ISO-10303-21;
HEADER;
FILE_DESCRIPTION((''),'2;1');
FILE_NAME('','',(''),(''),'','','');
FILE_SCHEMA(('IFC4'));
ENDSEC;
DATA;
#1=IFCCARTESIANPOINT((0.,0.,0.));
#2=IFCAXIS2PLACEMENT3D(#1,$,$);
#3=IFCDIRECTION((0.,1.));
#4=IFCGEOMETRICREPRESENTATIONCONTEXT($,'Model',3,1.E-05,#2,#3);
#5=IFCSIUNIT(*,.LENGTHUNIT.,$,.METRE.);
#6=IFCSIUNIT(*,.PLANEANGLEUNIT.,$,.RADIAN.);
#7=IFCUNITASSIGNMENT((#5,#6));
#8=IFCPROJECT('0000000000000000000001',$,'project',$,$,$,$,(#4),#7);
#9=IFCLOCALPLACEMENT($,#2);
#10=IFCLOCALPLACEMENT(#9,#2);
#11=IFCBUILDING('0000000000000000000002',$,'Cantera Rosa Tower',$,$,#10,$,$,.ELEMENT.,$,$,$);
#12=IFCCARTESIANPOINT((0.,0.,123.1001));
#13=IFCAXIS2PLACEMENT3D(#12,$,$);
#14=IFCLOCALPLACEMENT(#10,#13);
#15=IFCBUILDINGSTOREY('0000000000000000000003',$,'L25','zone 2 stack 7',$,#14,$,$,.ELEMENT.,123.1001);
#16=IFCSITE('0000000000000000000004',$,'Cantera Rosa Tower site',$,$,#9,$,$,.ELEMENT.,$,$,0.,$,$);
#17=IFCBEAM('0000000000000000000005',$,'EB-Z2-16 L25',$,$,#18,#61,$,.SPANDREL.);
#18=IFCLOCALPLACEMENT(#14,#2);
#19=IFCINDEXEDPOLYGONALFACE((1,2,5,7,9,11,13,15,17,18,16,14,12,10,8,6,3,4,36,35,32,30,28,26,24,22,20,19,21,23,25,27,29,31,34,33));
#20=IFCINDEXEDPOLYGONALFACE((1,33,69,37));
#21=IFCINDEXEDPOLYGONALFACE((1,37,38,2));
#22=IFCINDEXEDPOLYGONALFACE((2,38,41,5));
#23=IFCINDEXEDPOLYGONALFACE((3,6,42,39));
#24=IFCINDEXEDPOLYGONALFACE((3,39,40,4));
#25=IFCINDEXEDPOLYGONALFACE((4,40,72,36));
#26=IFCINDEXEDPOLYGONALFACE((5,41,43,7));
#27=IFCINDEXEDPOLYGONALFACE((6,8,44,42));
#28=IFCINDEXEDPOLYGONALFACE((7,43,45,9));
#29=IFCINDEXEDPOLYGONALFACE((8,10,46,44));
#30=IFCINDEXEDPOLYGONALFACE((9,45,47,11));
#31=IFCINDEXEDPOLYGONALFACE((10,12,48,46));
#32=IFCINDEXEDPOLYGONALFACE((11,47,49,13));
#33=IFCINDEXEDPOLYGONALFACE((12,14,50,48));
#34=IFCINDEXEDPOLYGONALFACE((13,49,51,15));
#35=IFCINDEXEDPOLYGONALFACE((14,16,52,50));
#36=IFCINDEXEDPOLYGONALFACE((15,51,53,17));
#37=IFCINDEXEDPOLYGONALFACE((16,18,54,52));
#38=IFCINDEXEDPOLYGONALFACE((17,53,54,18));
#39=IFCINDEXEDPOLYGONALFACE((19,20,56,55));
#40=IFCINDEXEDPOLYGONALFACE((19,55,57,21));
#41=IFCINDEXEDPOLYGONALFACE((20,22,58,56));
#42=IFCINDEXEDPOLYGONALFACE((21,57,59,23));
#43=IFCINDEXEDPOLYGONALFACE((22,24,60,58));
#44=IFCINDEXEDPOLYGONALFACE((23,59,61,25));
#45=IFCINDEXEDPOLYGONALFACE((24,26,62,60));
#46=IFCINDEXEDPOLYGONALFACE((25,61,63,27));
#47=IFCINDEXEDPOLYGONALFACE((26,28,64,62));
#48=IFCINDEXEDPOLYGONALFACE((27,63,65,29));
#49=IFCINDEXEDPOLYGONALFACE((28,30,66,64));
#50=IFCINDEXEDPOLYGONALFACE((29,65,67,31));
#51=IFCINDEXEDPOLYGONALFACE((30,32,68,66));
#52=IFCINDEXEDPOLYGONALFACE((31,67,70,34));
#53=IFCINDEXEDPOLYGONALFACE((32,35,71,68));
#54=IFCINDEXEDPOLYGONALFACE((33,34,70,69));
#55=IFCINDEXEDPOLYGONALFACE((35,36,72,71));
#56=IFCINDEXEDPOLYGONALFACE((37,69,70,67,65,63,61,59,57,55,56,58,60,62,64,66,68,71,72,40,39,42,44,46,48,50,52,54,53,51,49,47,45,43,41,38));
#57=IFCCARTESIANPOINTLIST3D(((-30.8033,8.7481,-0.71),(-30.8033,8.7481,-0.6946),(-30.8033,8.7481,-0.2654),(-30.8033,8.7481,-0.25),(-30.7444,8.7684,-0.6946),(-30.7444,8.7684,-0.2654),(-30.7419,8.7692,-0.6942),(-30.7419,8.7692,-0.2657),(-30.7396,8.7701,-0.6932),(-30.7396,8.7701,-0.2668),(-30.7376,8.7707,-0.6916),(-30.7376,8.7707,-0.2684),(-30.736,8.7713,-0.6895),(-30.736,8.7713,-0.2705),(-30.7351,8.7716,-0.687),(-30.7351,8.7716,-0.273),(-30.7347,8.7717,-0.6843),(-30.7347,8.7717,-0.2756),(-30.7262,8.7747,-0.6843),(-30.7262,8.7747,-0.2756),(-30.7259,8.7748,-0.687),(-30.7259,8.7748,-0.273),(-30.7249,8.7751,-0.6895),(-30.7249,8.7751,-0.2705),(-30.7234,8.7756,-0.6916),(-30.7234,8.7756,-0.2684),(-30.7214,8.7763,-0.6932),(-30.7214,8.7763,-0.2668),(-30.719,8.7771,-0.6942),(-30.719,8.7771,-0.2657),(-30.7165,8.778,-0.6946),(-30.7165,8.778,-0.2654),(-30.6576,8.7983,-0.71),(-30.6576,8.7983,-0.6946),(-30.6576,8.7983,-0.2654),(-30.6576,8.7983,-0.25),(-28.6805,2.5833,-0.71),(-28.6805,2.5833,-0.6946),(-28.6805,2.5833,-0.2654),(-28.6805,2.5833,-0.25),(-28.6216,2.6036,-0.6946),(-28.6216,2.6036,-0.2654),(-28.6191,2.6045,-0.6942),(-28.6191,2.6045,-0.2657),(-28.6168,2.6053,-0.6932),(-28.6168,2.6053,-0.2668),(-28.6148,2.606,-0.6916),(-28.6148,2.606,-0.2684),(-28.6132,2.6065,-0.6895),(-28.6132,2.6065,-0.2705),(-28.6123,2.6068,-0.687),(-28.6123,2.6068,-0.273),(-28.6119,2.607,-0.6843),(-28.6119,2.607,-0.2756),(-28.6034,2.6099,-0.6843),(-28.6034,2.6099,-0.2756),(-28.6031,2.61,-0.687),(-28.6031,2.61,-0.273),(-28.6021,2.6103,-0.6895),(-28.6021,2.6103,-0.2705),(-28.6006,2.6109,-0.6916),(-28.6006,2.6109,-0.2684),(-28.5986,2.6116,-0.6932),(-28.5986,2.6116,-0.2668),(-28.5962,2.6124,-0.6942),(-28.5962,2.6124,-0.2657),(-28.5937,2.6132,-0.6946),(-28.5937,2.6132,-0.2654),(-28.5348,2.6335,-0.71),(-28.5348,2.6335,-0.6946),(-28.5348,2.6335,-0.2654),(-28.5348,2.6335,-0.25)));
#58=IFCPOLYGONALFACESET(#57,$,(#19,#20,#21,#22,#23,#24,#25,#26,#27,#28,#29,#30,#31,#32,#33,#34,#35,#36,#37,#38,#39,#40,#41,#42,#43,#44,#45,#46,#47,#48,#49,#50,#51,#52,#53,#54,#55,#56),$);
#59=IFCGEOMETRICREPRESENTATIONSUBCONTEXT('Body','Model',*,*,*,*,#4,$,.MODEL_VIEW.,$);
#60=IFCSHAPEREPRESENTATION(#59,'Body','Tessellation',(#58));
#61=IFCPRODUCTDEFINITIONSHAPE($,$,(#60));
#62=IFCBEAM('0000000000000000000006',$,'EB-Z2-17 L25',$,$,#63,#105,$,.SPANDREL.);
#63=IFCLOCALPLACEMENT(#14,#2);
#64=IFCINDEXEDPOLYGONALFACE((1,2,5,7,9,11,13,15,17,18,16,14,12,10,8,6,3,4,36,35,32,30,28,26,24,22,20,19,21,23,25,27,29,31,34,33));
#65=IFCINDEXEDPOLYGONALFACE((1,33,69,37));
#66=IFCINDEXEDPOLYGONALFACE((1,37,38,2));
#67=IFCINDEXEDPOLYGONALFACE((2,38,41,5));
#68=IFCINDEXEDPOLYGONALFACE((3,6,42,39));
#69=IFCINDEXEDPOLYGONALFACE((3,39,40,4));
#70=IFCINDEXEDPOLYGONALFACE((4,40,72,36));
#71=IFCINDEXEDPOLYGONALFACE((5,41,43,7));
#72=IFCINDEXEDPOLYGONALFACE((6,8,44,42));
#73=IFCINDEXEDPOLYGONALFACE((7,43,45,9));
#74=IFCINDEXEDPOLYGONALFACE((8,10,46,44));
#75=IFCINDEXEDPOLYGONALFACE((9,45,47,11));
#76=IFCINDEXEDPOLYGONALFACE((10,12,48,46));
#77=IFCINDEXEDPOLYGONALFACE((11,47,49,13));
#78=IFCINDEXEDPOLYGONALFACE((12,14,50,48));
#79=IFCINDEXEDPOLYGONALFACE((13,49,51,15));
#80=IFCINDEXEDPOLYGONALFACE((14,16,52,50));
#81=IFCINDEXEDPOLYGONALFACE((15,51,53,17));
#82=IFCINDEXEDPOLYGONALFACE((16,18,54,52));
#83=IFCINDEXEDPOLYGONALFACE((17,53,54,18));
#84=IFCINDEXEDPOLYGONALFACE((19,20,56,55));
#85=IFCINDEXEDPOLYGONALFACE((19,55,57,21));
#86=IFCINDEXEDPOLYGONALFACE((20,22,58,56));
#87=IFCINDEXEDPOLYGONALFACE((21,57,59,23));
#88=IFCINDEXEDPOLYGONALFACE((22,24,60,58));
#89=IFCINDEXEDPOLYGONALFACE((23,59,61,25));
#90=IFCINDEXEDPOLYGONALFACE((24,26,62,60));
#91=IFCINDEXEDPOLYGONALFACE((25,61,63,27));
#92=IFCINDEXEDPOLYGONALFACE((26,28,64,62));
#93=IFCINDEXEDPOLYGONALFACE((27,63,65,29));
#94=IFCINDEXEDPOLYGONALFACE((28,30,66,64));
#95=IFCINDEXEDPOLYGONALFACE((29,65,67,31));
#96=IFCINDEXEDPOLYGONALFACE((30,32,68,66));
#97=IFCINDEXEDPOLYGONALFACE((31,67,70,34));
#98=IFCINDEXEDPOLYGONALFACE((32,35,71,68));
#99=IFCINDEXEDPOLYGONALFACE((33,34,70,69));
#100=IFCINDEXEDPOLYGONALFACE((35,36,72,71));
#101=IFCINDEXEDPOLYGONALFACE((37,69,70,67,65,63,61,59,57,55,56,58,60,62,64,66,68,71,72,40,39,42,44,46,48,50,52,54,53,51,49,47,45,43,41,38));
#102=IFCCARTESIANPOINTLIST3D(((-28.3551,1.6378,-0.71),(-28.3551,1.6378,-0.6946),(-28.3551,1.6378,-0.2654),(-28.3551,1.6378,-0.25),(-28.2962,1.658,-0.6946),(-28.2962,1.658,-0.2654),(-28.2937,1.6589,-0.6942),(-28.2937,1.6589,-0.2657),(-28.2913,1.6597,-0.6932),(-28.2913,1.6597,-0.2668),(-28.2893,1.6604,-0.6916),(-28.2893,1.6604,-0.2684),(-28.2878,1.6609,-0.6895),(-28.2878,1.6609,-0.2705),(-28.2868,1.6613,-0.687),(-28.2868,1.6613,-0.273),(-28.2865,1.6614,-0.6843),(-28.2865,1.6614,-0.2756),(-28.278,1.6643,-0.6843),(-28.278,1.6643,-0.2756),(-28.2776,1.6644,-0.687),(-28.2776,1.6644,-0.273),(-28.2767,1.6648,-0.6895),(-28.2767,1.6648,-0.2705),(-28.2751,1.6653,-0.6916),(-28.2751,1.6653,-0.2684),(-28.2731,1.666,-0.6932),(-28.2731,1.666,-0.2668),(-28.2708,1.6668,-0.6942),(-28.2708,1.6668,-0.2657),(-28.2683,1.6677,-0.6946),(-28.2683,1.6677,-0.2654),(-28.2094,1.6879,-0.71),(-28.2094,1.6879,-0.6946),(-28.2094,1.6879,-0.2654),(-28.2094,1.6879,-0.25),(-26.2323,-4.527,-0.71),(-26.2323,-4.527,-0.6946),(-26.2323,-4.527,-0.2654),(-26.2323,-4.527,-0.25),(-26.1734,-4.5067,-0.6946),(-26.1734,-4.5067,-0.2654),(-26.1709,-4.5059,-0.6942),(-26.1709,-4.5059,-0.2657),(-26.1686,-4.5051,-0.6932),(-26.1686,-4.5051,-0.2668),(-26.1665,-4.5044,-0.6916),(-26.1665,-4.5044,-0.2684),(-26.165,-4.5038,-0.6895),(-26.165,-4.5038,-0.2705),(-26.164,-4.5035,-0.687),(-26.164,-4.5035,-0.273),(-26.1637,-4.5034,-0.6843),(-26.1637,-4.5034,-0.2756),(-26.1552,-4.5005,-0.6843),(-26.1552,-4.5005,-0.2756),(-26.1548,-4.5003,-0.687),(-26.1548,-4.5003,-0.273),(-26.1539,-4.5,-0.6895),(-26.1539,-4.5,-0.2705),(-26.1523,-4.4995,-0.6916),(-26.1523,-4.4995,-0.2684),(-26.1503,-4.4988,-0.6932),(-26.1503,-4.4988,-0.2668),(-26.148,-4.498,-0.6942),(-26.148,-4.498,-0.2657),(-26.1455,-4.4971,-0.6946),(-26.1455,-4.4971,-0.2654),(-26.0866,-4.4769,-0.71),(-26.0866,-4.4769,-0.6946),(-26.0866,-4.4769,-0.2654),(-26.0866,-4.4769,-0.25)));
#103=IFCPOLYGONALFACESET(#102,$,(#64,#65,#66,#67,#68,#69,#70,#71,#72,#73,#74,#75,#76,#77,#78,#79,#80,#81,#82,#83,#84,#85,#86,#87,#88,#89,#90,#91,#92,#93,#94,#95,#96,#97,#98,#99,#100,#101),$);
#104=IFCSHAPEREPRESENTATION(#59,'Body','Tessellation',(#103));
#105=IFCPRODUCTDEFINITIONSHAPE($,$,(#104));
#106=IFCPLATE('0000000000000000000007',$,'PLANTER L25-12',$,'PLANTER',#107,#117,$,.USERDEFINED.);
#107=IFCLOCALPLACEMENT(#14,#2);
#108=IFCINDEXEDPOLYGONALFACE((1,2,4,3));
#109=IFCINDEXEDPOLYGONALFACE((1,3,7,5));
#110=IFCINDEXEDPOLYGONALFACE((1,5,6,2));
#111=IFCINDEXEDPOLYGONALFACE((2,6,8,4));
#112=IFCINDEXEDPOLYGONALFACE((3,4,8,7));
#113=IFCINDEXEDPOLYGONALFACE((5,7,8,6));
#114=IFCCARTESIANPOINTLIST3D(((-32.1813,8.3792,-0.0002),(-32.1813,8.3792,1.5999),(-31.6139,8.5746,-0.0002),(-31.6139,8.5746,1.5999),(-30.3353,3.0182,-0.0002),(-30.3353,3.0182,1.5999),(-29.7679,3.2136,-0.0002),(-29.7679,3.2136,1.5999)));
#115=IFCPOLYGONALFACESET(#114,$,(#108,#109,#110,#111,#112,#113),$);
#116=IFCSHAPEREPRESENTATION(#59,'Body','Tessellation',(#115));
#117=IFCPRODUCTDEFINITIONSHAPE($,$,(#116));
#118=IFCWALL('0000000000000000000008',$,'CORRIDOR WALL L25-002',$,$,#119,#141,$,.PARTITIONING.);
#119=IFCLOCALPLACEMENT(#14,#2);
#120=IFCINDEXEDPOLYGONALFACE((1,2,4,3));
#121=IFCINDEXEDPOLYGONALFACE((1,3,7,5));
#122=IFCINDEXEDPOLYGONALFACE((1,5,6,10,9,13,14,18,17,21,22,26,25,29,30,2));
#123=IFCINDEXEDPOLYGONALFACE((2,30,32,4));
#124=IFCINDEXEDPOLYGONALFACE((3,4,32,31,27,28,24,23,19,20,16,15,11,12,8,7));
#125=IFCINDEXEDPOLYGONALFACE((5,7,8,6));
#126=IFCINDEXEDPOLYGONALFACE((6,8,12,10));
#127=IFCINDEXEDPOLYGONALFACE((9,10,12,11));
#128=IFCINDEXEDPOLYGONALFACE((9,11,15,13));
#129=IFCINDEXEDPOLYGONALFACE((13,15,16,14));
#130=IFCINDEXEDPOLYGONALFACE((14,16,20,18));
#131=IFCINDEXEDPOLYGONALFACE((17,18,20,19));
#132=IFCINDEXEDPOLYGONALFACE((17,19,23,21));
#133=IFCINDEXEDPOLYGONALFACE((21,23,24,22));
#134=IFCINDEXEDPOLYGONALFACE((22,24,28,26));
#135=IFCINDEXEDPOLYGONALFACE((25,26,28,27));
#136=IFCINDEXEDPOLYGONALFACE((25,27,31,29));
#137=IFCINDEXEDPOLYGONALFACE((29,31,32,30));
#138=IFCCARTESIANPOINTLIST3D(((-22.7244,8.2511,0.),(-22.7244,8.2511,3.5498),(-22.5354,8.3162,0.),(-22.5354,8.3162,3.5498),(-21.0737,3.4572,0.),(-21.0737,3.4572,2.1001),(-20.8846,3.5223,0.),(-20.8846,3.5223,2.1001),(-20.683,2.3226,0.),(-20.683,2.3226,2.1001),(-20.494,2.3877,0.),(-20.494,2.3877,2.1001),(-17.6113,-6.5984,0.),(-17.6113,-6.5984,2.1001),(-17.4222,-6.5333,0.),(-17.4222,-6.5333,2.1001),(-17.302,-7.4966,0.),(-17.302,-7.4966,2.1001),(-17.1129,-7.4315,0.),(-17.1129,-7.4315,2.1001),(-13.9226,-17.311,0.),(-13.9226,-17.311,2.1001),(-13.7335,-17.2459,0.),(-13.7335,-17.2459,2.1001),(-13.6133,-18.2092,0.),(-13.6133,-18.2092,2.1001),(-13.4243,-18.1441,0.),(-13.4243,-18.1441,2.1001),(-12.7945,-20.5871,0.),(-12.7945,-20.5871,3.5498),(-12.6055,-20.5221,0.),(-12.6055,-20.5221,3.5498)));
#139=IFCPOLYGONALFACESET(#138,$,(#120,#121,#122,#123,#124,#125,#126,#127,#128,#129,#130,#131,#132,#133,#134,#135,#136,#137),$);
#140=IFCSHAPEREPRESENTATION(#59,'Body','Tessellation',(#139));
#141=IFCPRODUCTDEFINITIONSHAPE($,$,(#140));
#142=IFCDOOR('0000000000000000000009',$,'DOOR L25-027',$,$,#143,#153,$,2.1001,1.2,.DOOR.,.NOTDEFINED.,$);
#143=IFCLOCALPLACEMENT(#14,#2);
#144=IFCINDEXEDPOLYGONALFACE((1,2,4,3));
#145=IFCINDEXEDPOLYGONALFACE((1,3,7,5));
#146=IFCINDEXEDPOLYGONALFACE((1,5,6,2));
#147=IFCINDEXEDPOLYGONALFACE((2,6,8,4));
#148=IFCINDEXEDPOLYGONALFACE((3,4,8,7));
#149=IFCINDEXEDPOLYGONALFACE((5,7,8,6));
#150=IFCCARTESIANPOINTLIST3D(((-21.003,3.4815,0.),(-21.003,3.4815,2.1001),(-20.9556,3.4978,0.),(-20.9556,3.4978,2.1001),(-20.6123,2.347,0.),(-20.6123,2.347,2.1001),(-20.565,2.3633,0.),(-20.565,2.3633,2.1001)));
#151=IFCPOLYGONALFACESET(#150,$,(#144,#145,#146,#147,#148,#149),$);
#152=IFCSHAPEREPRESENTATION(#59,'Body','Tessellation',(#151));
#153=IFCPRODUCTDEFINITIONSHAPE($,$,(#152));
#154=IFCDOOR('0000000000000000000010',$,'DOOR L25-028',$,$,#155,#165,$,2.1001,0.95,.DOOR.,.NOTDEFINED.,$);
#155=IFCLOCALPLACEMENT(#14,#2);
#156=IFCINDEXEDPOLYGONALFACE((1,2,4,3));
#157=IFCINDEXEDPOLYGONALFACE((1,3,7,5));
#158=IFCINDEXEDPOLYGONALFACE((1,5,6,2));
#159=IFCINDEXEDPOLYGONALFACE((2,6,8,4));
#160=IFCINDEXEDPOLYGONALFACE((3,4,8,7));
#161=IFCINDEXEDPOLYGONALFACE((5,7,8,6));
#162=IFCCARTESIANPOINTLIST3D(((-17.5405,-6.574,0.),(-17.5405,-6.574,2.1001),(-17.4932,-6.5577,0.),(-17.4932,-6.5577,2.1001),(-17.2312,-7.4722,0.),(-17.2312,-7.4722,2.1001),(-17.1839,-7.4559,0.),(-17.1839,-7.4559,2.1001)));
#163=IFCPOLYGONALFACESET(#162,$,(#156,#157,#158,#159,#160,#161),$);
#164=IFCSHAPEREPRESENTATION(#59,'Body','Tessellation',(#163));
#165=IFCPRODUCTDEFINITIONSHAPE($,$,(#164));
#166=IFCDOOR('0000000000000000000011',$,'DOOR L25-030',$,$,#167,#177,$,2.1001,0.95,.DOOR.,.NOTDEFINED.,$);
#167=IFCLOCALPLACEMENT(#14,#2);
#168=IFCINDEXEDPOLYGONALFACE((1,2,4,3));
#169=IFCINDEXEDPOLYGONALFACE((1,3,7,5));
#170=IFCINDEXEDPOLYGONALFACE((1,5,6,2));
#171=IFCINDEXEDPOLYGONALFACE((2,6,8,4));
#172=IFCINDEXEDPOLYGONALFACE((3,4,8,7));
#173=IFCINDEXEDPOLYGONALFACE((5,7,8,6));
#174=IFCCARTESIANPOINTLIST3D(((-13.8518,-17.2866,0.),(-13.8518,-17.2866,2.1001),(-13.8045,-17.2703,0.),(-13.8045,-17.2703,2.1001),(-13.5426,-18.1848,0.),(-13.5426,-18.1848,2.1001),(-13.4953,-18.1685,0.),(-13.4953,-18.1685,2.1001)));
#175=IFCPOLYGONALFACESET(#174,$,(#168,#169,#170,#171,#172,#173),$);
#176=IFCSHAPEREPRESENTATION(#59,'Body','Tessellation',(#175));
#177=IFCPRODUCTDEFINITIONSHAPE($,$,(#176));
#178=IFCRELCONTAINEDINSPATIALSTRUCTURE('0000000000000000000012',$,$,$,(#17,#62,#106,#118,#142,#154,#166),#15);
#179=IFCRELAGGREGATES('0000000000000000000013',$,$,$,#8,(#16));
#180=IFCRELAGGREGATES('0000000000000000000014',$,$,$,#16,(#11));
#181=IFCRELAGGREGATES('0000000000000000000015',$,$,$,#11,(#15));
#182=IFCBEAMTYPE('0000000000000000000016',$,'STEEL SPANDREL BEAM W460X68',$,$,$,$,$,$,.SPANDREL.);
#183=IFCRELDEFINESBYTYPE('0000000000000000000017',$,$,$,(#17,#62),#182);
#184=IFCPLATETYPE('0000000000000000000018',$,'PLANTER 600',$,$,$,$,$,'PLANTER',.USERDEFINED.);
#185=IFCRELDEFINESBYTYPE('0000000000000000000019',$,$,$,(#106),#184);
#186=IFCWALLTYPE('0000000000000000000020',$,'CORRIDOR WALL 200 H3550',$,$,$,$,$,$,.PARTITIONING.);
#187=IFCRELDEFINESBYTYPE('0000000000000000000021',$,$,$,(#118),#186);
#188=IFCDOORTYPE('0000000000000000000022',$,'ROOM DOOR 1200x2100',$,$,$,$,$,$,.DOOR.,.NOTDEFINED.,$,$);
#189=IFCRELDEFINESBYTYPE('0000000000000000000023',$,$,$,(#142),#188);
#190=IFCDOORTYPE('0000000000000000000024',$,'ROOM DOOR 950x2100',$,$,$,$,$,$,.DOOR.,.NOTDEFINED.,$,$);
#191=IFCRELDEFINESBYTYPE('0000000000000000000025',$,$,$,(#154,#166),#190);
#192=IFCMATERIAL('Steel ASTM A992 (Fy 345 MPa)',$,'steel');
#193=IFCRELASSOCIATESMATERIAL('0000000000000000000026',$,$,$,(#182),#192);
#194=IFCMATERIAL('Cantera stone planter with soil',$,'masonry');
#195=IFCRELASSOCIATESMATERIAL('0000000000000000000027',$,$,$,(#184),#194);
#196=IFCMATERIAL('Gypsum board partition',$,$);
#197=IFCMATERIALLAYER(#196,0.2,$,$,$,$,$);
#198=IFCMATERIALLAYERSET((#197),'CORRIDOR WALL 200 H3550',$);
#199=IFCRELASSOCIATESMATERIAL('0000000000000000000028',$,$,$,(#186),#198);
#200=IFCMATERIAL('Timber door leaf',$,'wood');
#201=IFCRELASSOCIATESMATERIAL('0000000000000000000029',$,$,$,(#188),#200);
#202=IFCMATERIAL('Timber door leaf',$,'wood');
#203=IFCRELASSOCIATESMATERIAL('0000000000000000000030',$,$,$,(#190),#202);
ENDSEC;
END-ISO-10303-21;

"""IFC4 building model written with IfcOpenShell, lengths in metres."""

from ifc_helpers import new_model, si_unit, direction, frame, frame_2d, origin, origin_2d, place, context, subcontext, project, spatial, rectangle, i_section, extrude, material, layer, layer_set, material_profile, profile_set, type_object, element, fill, save


model = new_model("IFC4")

# Units and contexts
model_context = context("Model", 3, precision=1e-05, world=origin(), true_north=direction((0.0, 1.0)))
body_context = subcontext(model_context, "Body", "Model", "MODEL_VIEW")
ifc_project = project(units=[si_unit("LENGTHUNIT", "METRE"), si_unit("PLANEANGLEUNIT", "RADIAN")], contexts=[model_context])

# Site, building, storey
site_placement = place(None, origin())
site = spatial("IfcSite", under=ifc_project, at=site_placement, Name="Cantera Rosa Tower site", CompositionType="ELEMENT", RefElevation=0.0)
building_placement = place(site_placement, origin())
building = spatial("IfcBuilding", under=site, at=building_placement, Name="Cantera Rosa Tower", CompositionType="ELEMENT")
storey_placement = place(building_placement, frame((0.0, 0.0, 123.1001)))
storey = spatial("IfcBuildingStorey", under=building, at=storey_placement, Name="L25", Description="zone 2 stack 7", CompositionType="ELEMENT", Elevation=123.1001)

# Beams
ifc_material_1 = material(Name="Steel ASTM A992 (Fy 345 MPa)", Category="steel")
ifc_material_profile_1 = material_profile(ifc_material_1, i_section(OverallWidth=0.1541, OverallDepth=0.46, WebThickness=0.009, FlangeThickness=0.0154, FilletRadius=0.0103, at=origin_2d()), Name="W460X68")
ifc_profile_set_1 = profile_set([ifc_material_profile_1], Name="Steel ASTM A992 (Fy 345 MPa)")
beam_type_1 = type_object("IfcBeamType", Name="STEEL SPANDREL BEAM W460X68", PredefinedType="SPANDREL", material=ifc_profile_set_1)
for number, where, z_axis, x_axis, name in (
    (1, (-30.7305, 8.7732, -0.48), (0.325581, -0.945514, 0.0), (0.945514, 0.325581, 0.0), "EB-Z2-16 L25"),
    (2, (-28.2822, 1.6628, -0.48), (0.325581, -0.945514, 0.0), (0.945514, 0.325581, 0.0), "EB-Z2-17 L25"),
):
    element("IfcBeam", number, at=place(storey_placement, frame(where, z_axis=z_axis, x_axis=x_axis)), inside=storey, type_object=beam_type_1, Name=name, PredefinedType="SPANDREL", context=body_context, shape_type="SweptSolid", body=[
        extrude(i_section(OverallWidth=0.1541, OverallDepth=0.46, WebThickness=0.009, FlangeThickness=0.0154, FilletRadius=0.0103, at=origin_2d()), origin(), (0.0, 0.0, 1.0), 6.52),
    ])

# Plate
ifc_material_2 = material(Name="Cantera stone planter with soil", Category="masonry")
plate_type = type_object("IfcPlateType", Name="PLANTER 600", ElementType="PLANTER", PredefinedType="USERDEFINED", material=ifc_material_2)
plate_placement = place(storey_placement, frame((-30.9746, 5.7964, -0.0002), z_axis=(0.0, 0.0, 1.0), x_axis=(0.325568, -0.945519, 0.0)))
element("IfcPlate", 3, at=plate_placement, inside=storey, type_object=plate_type, Name="PLANTER L25-12", ObjectType="PLANTER", PredefinedType="USERDEFINED", context=body_context, shape_type="SweptSolid", body=[
    extrude(rectangle(XDim=5.6699, YDim=0.6001, at=origin_2d()), origin(), (0.0, 0.0, 1.0), 1.6001),
])

# Wall, openings, doors
ifc_material_3 = material(Name="Gypsum board partition")
ifc_layer_1 = layer(ifc_material_3, 0.2)
ifc_layer_set_1 = layer_set([ifc_layer_1], Name="CORRIDOR WALL 200 H3550")
wall_type_1 = type_object("IfcWallType", Name="CORRIDOR WALL 200 H3550", PredefinedType="PARTITIONING", material=ifc_layer_set_1)
wall_1_placement = place(storey_placement, frame((-22.6299, 8.2837, 0.0), z_axis=(0.0, 0.0, 1.0), x_axis=(0.325571, -0.945518, 0.0)))
wall_1 = element("IfcWall", 4, at=wall_1_placement, inside=storey, type_object=wall_type_1, Name="CORRIDOR WALL L25-002", PredefinedType="PARTITIONING", context=body_context, shape_type="SweptSolid", body=[
    extrude(rectangle(XDim=30.5, YDim=0.2, at=frame_2d((15.25, 0.0))), origin(), (0.0, 0.0, 1.0), 3.5498),
])
opening_1_placement = place(wall_1_placement, frame((5.0701, 0.0, 0.0)))
opening_1 = element("IfcOpeningElement", 5, at=opening_1_placement, cuts=wall_1, PredefinedType="OPENING", context=body_context, shape_type="SweptSolid", body=[
    extrude(rectangle(XDim=1.2, YDim=2.1001, at=frame_2d((0.6001, 1.05))), frame((0.0, 0.1099, 0.0), z_axis=(0.0, -1.0, 0.0), x_axis=(1.0, 0.0, 0.0)), (0.0, 0.0, 1.0), 0.22),
])
opening_2_placement = place(wall_1_placement, frame((15.7051, 0.0, 0.0)))
opening_2 = element("IfcOpeningElement", 6, at=opening_2_placement, cuts=wall_1, PredefinedType="OPENING", context=body_context, shape_type="SweptSolid", body=[
    extrude(rectangle(XDim=0.95, YDim=2.1001, at=frame_2d((0.4751, 1.05))), frame((0.0, 0.1099, 0.0), z_axis=(0.0, -1.0, 0.0), x_axis=(1.0, 0.0, 0.0)), (0.0, 0.0, 1.0), 0.22),
])
opening_3_placement = place(wall_1_placement, frame((27.0349, 0.0, 0.0)))
opening_3 = element("IfcOpeningElement", 7, at=opening_3_placement, cuts=wall_1, PredefinedType="OPENING", context=body_context, shape_type="SweptSolid", body=[
    extrude(rectangle(XDim=0.95, YDim=2.1001, at=frame_2d((0.4751, 1.05))), frame((0.0, 0.1099, 0.0), z_axis=(0.0, -1.0, 0.0), x_axis=(1.0, 0.0, 0.0)), (0.0, 0.0, 1.0), 0.22),
])
ifc_material_4 = material(Name="Timber door leaf", Category="wood")
door_type_1 = type_object("IfcDoorType", Name="ROOM DOOR 1200x2100", OperationType="NOTDEFINED", PredefinedType="DOOR", material=ifc_material_4)
door_1_placement = place(opening_1_placement, origin())
door_1 = element("IfcDoor", 8, at=door_1_placement, inside=storey, type_object=door_type_1, Name="DOOR L25-027", OperationType="NOTDEFINED", OverallHeight=2.1001, OverallWidth=1.2, PredefinedType="DOOR", context=body_context, shape_type="SweptSolid", body=[
    extrude(rectangle(XDim=1.2, YDim=2.1001, at=frame_2d((0.6001, 1.05))), frame((0.0, 0.0249, 0.0), z_axis=(0.0, -1.0, 0.0), x_axis=(1.0, 0.0, 0.0)), (0.0, 0.0, 1.0), 0.05),
])
fill(opening_1, door_1)
ifc_material_5 = material(Name="Timber door leaf", Category="wood")
door_type_2 = type_object("IfcDoorType", Name="ROOM DOOR 950x2100", OperationType="NOTDEFINED", PredefinedType="DOOR", material=ifc_material_5)
door_2_placement = place(opening_2_placement, origin())
door_2 = element("IfcDoor", 9, at=door_2_placement, inside=storey, type_object=door_type_2, Name="DOOR L25-028", OperationType="NOTDEFINED", OverallHeight=2.1001, OverallWidth=0.95, PredefinedType="DOOR", context=body_context, shape_type="SweptSolid", body=[
    extrude(rectangle(XDim=0.95, YDim=2.1001, at=frame_2d((0.4751, 1.05))), frame((0.0, 0.0249, 0.0), z_axis=(0.0, -1.0, 0.0), x_axis=(1.0, 0.0, 0.0)), (0.0, 0.0, 1.0), 0.05),
])
fill(opening_2, door_2)
door_3_placement = place(opening_3_placement, origin())
door_3 = element("IfcDoor", 10, at=door_3_placement, inside=storey, type_object=door_type_2, Name="DOOR L25-030", OperationType="NOTDEFINED", OverallHeight=2.1001, OverallWidth=0.95, PredefinedType="DOOR", context=body_context, shape_type="SweptSolid", body=[
    extrude(rectangle(XDim=0.95, YDim=2.1001, at=frame_2d((0.4751, 1.05))), frame((0.0, 0.0249, 0.0), z_axis=(0.0, -1.0, 0.0), x_axis=(1.0, 0.0, 0.0)), (0.0, 0.0, 1.0), 0.05),
])
fill(opening_3, door_3)

save(model, "model.ifc")
